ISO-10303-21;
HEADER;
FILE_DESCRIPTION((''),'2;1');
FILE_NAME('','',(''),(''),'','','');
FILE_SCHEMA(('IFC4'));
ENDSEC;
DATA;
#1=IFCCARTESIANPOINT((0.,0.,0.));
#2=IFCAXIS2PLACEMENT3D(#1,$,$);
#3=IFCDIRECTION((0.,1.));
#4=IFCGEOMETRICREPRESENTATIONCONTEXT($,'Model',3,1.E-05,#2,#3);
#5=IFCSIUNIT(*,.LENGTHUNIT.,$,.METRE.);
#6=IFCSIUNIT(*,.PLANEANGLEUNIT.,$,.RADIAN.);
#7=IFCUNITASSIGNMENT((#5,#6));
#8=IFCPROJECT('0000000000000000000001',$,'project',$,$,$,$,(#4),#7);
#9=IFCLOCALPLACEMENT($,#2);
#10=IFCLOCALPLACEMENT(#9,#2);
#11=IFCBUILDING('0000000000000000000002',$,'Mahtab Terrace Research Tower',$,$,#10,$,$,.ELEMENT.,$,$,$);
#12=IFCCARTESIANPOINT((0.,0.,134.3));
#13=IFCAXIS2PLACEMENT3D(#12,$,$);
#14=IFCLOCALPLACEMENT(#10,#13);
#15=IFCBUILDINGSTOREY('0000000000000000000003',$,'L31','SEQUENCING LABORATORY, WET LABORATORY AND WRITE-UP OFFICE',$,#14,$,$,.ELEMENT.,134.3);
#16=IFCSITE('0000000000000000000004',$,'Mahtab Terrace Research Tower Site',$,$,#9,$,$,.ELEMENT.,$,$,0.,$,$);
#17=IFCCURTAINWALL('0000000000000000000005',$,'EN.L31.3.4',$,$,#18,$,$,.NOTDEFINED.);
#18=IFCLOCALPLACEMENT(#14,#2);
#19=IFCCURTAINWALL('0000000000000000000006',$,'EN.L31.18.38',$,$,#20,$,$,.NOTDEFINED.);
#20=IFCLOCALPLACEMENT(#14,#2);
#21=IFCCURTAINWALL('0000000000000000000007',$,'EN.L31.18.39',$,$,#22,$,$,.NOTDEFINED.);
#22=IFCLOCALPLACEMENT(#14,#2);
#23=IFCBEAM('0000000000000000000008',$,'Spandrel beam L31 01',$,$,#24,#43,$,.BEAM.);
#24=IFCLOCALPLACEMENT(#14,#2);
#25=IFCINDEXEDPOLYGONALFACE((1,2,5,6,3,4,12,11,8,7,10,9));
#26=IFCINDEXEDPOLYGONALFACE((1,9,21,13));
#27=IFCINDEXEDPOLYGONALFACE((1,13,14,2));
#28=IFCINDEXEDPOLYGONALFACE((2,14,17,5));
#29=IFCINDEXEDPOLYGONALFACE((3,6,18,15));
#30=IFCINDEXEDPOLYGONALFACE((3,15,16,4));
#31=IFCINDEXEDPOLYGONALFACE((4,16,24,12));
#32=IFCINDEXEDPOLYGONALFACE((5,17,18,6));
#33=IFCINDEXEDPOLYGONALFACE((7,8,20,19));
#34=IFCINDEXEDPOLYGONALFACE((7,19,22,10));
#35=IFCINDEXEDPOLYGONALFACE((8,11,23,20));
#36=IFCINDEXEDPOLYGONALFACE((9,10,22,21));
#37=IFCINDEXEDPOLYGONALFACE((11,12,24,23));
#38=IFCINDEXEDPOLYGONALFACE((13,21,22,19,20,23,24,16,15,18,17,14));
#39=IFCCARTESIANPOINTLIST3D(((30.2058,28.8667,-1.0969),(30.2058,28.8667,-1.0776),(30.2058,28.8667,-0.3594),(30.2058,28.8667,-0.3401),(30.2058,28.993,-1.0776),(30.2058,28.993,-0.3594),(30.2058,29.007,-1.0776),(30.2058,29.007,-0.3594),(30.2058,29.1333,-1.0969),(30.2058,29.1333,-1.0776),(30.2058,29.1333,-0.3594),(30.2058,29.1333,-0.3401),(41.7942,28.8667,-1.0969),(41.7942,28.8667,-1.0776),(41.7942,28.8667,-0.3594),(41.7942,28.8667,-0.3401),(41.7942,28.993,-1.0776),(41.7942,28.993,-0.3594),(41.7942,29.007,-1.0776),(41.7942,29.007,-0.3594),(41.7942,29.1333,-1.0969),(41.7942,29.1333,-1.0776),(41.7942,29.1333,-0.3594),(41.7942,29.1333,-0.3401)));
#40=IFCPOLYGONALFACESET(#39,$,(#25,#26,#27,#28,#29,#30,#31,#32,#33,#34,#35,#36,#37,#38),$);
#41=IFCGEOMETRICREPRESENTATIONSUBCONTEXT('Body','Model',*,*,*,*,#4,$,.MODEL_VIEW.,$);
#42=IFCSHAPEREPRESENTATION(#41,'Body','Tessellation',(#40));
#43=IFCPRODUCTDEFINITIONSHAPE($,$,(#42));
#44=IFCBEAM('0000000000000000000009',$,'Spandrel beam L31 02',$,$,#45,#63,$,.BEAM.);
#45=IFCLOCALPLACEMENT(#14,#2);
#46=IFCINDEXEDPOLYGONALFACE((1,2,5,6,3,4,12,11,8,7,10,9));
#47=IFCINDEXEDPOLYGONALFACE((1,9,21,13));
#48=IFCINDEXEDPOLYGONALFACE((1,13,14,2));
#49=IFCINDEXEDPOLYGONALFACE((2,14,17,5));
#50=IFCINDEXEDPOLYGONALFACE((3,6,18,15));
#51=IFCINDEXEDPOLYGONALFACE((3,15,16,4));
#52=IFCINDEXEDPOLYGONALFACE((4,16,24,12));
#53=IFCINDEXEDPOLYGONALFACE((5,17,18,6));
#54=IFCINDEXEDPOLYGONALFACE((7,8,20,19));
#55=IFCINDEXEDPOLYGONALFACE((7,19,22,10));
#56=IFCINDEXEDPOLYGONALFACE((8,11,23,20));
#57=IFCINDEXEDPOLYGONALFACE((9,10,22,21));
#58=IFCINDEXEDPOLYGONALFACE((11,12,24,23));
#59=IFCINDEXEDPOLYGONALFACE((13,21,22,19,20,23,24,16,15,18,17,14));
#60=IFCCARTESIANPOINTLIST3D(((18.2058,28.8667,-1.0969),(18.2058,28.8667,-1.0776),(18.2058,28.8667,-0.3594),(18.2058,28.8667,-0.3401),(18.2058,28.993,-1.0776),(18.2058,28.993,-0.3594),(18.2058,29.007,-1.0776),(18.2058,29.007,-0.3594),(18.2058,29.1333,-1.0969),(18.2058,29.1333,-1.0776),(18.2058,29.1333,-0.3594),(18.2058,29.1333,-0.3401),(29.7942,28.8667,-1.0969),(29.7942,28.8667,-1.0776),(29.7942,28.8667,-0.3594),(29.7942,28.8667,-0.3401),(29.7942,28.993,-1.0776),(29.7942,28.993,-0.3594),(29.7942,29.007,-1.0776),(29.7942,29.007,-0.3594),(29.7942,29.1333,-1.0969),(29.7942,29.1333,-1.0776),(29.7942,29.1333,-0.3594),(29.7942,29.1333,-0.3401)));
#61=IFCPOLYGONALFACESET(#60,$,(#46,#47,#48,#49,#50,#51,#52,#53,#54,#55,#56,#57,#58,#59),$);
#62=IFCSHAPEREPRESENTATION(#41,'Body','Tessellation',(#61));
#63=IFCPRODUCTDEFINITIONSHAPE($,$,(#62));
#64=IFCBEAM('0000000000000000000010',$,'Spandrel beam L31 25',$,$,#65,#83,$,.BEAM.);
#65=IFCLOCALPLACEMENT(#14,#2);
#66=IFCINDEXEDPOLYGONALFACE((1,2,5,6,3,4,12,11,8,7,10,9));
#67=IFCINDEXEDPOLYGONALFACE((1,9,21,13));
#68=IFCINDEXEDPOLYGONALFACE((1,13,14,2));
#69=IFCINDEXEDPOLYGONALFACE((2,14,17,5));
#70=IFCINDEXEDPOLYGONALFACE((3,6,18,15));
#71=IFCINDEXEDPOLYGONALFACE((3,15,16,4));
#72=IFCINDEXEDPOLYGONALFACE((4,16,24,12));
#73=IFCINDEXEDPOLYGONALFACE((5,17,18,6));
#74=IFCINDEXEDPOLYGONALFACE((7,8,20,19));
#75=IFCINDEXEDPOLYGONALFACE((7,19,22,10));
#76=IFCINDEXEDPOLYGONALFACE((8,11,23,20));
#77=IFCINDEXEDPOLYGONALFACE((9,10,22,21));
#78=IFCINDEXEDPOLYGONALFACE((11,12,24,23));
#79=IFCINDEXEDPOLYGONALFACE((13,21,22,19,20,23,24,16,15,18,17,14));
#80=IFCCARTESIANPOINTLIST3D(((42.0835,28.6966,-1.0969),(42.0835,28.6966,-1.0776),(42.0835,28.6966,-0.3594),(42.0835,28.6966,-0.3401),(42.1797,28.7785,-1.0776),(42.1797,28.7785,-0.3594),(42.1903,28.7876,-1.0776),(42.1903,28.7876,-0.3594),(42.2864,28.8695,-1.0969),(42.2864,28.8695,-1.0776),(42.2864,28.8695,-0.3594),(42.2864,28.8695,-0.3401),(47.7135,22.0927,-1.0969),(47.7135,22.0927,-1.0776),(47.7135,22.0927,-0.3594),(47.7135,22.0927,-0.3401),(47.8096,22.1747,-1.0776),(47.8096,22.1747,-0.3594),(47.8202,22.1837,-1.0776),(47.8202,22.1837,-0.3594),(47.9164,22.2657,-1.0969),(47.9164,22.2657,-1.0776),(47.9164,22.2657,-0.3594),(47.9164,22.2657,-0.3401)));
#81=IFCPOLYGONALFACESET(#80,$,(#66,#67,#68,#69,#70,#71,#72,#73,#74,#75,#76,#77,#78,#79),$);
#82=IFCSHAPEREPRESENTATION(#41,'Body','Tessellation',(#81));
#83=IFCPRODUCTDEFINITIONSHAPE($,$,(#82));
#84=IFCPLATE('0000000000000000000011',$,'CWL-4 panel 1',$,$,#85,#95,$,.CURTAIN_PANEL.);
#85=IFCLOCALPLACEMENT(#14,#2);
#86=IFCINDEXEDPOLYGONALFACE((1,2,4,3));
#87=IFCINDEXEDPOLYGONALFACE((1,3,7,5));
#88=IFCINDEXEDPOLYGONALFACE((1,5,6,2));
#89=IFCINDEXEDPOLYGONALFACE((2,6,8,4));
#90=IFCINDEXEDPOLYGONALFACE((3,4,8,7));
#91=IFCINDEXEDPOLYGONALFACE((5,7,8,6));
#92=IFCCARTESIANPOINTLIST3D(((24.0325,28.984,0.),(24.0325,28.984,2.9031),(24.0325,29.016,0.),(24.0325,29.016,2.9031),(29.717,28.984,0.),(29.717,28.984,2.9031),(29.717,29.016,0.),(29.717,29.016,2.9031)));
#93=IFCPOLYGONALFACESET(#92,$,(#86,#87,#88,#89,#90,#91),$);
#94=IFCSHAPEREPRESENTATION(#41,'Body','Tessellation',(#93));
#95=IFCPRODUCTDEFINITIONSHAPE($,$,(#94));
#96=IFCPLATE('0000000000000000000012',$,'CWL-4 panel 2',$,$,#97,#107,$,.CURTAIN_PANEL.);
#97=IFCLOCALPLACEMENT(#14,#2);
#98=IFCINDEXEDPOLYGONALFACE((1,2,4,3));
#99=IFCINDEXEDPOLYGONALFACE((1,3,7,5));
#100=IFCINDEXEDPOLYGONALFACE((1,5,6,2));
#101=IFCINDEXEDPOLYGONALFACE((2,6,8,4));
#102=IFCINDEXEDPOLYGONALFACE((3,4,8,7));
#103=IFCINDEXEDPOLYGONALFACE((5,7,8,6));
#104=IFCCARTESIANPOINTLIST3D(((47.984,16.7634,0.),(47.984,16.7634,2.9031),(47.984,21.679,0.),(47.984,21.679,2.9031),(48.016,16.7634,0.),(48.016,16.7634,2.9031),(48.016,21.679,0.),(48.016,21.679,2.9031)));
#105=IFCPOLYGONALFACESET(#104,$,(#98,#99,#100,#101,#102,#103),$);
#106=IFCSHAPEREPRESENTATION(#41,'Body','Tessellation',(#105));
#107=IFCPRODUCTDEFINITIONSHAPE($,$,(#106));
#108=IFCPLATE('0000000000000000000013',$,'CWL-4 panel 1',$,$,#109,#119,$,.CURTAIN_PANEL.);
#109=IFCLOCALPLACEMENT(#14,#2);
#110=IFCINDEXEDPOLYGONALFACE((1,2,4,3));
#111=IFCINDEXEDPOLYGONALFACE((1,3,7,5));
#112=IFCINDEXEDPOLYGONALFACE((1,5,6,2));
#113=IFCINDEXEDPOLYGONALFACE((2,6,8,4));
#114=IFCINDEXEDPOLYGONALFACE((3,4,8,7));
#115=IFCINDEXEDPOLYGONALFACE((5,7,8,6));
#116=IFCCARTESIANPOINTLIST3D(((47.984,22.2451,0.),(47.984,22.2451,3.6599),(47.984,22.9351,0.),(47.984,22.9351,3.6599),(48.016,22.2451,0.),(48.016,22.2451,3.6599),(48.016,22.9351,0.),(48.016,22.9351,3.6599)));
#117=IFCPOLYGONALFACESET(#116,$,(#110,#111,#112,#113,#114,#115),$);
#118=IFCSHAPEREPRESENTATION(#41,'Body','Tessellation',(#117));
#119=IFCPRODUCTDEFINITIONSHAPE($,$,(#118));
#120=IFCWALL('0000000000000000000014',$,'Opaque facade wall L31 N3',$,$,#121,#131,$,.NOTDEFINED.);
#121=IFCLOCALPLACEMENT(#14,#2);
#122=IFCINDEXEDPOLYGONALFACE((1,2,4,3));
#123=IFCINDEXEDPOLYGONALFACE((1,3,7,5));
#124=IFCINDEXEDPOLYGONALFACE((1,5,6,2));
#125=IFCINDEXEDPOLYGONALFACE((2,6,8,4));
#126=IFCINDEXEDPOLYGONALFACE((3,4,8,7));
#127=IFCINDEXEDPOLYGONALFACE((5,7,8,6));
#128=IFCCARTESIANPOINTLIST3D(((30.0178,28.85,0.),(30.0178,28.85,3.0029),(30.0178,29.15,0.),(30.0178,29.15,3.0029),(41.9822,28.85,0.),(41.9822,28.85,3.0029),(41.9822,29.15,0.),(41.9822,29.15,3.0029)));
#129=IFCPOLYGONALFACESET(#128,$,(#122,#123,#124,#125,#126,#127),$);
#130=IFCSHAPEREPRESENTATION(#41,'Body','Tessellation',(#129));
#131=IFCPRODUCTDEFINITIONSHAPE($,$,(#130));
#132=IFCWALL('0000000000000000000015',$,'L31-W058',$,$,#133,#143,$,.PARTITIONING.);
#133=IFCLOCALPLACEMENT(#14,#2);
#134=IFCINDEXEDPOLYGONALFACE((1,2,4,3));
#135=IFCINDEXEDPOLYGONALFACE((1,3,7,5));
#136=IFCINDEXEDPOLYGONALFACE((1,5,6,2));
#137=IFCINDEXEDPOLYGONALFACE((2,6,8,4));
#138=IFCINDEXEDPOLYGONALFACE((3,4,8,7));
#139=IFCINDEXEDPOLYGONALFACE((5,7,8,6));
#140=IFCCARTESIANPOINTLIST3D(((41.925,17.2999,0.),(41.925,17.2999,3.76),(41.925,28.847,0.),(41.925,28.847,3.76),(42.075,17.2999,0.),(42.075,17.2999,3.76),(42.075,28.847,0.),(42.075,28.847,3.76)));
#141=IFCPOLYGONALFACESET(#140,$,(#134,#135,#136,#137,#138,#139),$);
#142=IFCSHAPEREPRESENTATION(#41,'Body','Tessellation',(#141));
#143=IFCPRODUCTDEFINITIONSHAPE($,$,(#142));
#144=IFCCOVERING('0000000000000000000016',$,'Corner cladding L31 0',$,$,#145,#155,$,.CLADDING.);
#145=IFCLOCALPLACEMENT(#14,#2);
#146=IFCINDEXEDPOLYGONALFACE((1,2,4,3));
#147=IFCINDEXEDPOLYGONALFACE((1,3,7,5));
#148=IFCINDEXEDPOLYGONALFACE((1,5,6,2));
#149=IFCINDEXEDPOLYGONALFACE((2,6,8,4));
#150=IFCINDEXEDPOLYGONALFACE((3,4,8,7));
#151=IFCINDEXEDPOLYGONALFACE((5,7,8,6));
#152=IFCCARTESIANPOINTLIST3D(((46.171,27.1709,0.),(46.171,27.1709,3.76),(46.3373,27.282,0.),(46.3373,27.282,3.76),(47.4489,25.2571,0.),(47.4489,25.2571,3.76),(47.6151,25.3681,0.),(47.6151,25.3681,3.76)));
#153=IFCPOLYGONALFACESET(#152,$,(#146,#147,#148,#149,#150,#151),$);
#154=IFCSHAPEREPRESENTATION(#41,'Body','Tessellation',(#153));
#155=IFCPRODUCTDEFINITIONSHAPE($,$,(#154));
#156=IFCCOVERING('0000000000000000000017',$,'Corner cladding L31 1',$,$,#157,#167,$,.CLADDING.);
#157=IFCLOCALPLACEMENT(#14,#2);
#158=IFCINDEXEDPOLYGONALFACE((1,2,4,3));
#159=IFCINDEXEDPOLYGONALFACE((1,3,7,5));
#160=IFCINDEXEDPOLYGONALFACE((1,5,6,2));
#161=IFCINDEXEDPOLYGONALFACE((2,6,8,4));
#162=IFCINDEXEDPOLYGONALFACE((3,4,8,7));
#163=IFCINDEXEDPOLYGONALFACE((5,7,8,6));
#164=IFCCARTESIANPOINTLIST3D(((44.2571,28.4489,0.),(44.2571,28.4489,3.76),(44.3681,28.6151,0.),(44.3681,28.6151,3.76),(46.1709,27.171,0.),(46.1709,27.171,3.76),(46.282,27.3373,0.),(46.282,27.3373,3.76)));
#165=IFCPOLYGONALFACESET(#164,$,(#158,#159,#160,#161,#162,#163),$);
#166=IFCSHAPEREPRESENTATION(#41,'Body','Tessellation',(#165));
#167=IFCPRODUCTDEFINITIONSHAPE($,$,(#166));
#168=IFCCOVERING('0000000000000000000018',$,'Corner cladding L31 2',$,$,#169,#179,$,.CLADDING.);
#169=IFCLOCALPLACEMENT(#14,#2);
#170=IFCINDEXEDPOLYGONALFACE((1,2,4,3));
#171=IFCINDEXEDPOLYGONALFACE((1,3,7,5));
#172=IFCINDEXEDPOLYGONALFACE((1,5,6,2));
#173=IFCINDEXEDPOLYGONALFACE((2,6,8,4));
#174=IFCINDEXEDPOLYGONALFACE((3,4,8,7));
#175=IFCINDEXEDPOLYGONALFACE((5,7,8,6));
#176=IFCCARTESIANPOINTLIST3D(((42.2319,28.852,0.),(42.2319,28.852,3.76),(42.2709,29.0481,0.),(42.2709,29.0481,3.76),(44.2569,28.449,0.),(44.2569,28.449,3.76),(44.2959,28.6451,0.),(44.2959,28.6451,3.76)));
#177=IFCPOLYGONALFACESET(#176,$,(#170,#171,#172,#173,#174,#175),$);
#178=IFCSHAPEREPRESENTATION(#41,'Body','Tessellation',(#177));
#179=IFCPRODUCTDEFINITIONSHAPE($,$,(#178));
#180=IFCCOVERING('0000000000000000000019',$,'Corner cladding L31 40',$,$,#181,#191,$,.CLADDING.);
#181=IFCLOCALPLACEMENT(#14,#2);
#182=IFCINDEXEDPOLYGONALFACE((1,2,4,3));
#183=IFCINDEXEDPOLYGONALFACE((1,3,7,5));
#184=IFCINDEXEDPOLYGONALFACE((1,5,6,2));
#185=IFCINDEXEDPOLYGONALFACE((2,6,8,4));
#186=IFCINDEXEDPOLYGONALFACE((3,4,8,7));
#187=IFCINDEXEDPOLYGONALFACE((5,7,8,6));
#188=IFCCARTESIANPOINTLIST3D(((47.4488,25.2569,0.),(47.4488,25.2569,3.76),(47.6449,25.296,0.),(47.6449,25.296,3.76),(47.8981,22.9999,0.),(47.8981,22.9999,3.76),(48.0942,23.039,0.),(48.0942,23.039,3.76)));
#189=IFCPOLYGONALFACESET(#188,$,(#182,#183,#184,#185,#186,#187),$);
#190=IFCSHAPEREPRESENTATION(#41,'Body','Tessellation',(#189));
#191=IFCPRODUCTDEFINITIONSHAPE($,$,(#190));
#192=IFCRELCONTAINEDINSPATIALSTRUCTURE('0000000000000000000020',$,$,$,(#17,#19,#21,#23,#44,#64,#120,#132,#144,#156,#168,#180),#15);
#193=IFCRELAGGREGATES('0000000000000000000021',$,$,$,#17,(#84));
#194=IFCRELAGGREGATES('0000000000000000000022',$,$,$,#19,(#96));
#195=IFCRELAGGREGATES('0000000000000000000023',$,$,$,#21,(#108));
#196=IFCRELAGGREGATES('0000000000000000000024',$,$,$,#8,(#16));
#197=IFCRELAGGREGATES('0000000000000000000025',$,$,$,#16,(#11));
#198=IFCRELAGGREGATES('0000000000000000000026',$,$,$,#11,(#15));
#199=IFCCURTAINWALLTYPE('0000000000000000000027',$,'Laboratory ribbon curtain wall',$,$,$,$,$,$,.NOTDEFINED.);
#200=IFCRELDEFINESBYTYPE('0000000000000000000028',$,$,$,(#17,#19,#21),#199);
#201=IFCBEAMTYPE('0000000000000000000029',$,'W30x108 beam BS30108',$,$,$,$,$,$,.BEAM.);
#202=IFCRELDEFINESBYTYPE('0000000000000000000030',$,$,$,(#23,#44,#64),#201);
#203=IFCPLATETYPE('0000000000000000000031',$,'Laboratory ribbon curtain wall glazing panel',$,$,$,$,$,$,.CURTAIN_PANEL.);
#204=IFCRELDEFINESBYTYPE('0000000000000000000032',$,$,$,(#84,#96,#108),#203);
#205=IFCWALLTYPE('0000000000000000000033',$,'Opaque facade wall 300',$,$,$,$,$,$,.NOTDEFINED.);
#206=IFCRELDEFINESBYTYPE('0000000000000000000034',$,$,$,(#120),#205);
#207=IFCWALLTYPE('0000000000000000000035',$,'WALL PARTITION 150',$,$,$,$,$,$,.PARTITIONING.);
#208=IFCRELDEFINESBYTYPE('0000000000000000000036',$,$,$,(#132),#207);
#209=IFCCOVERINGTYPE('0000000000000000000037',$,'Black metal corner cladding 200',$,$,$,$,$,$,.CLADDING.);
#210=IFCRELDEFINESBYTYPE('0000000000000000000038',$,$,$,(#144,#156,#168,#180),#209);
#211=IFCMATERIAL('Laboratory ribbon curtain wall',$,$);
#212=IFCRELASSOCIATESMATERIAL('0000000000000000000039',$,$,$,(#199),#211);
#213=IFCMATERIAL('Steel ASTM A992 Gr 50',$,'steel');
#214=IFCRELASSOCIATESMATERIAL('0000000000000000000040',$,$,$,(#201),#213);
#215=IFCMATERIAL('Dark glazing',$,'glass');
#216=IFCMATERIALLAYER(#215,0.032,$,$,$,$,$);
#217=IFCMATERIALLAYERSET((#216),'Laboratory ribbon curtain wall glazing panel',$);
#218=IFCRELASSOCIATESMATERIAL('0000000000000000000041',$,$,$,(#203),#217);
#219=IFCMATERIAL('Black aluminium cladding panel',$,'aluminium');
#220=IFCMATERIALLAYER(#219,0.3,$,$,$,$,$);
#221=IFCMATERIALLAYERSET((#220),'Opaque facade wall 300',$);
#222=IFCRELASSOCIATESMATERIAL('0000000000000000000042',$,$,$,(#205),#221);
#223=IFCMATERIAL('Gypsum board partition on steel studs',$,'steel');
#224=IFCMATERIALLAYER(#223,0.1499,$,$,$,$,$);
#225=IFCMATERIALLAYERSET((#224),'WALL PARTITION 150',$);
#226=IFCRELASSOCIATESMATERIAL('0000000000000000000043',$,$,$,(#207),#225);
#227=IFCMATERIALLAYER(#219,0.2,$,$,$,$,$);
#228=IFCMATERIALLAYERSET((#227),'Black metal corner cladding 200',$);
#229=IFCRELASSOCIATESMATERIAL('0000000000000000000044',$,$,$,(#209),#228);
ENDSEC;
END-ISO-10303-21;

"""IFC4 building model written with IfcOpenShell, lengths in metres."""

from ifc_helpers import new_model, si_unit, direction, frame, frame_2d, origin, origin_2d, place, context, subcontext, project, spatial, rectangle, i_section, extrude, material, layer, layer_set, material_profile, profile_set, type_object, element, aggregate, save


model = new_model("IFC4")

# Units and contexts
model_context = context("Model", 3, precision=1e-05, world=origin(), true_north=direction((0.0, 1.0)))
body_context = subcontext(model_context, "Body", "Model", "MODEL_VIEW")
ifc_project = project(units=[si_unit("LENGTHUNIT", "METRE"), si_unit("PLANEANGLEUNIT", "RADIAN")], contexts=[model_context])

# Site, building, storey
site_placement = place(None, origin())
site = spatial("IfcSite", under=ifc_project, at=site_placement, Name="Mahtab Terrace Research Tower Site", CompositionType="ELEMENT", RefElevation=0.0)
building_placement = place(site_placement, origin())
building = spatial("IfcBuilding", under=site, at=building_placement, Name="Mahtab Terrace Research Tower", CompositionType="ELEMENT")
storey_placement = place(building_placement, frame((0.0, 0.0, 134.3)))
storey = spatial("IfcBuildingStorey", under=building, at=storey_placement, Name="L31", Description="SEQUENCING LABORATORY, WET LABORATORY AND WRITE-UP OFFICE", CompositionType="ELEMENT", Elevation=134.3)

# Shared definitions
ifc_material_1 = material(Name="Steel ASTM A992 Gr 50", Category="steel")

# Curtain walls
ifc_material_2 = material(Name="Laboratory ribbon curtain wall")
curtain_wall_type = type_object("IfcCurtainWallType", Name="Laboratory ribbon curtain wall", PredefinedType="NOTDEFINED", material=ifc_material_2)
curtain_wall_1_placement = place(storey_placement, origin())
curtain_wall_1 = element("IfcCurtainWall", 1, at=curtain_wall_1_placement, inside=storey, type_object=curtain_wall_type, Name="EN.L31.3.4", PredefinedType="NOTDEFINED")
curtain_wall_2_placement = place(storey_placement, origin())
curtain_wall_2 = element("IfcCurtainWall", 2, at=curtain_wall_2_placement, inside=storey, type_object=curtain_wall_type, Name="EN.L31.18.38", PredefinedType="NOTDEFINED")

# Curtain wall
curtain_wall_3_placement = place(storey_placement, origin())
curtain_wall_3 = element("IfcCurtainWall", 3, at=curtain_wall_3_placement, inside=storey, type_object=curtain_wall_type, Name="EN.L31.18.39", PredefinedType="NOTDEFINED")

# Beams
ifc_material_profile_1 = material_profile(ifc_material_1, i_section(OverallWidth=0.2666, OverallDepth=0.7568, WebThickness=0.0139, FlangeThickness=0.0193, at=origin_2d()), Name="W30X108")
ifc_profile_set_1 = profile_set([ifc_material_profile_1], Name="Steel ASTM A992 Gr 50")
beam_type = type_object("IfcBeamType", Name="W30x108 beam BS30108", PredefinedType="BEAM", material=ifc_profile_set_1)
for number, where, z_axis, x_axis, name in (
    (4, (41.7942, 29.0, -0.7185), (-1.0, 0.0, 0.0), (0.0, -1.0, 0.0), "Spandrel beam L31 01"),
    (5, (29.7942, 29.0, -0.7185), (-1.0, 0.0, 0.0), (0.0, -1.0, 0.0), "Spandrel beam L31 02"),
):
    element("IfcBeam", number, at=place(storey_placement, frame(where, z_axis=z_axis, x_axis=x_axis)), inside=storey, type_object=beam_type, Name=name, PredefinedType="BEAM", context=body_context, shape_type="SweptSolid", body=[
        extrude(i_section(OverallWidth=0.2666, OverallDepth=0.7568, WebThickness=0.0139, FlangeThickness=0.0193, at=origin_2d()), origin(), (0.0, 0.0, 1.0), 11.5884),
    ])
beam_placement = place(storey_placement, frame((47.8149, 22.1792, -0.7185), z_axis=(-0.648764, 0.76099, 0.0), x_axis=(-0.76099, -0.648764, 0.0)))
element("IfcBeam", 6, at=beam_placement, inside=storey, type_object=beam_type, Name="Spandrel beam L31 25", PredefinedType="BEAM", context=body_context, shape_type="SweptSolid", body=[
    extrude(i_section(OverallWidth=0.2666, OverallDepth=0.7568, WebThickness=0.0139, FlangeThickness=0.0193, at=origin_2d()), origin(), (0.0, 0.0, 1.0), 8.678),
])

# Plates
ifc_material_3 = material(Name="Dark glazing", Category="glass")
ifc_layer_1 = layer(ifc_material_3, 0.032)
ifc_layer_set_1 = layer_set([ifc_layer_1], Name="Laboratory ribbon curtain wall glazing panel")
plate_type = type_object("IfcPlateType", Name="Laboratory ribbon curtain wall glazing panel", PredefinedType="CURTAIN_PANEL", material=ifc_layer_set_1)
plate_1_placement = place(storey_placement, frame((26.8748, 29.0, 0.0), z_axis=(0.0, 0.0, 1.0), x_axis=(-1.0, 0.0, 0.0)))
plate_1 = element("IfcPlate", 7, at=plate_1_placement, type_object=plate_type, Name="CWL-4 panel 1", PredefinedType="CURTAIN_PANEL", context=body_context, shape_type="SweptSolid", body=[
    extrude(rectangle(XDim=5.6846, YDim=0.032, at=origin_2d()), origin(), (0.0, 0.0, 1.0), 2.9031),
])
aggregate(curtain_wall_1, [plate_1])
plate_2_placement = place(storey_placement, frame((48.0, 19.2212, 0.0), z_axis=(0.0, 0.0, 1.0), x_axis=(0.0, 1.0, 0.0)))
plate_2 = element("IfcPlate", 8, at=plate_2_placement, type_object=plate_type, Name="CWL-4 panel 2", PredefinedType="CURTAIN_PANEL", context=body_context, shape_type="SweptSolid", body=[
    extrude(rectangle(XDim=4.9155, YDim=0.032, at=origin_2d()), origin(), (0.0, 0.0, 1.0), 2.9031),
])
aggregate(curtain_wall_2, [plate_2])
plate_3_placement = place(storey_placement, frame((48.0, 22.5901, 0.0), z_axis=(0.0, 0.0, 1.0), x_axis=(0.0, 1.0, 0.0)))
plate_3 = element("IfcPlate", 9, at=plate_3_placement, type_object=plate_type, Name="CWL-4 panel 1", PredefinedType="CURTAIN_PANEL", context=body_context, shape_type="SweptSolid", body=[
    extrude(rectangle(XDim=0.6899, YDim=0.032, at=origin_2d()), origin(), (0.0, 0.0, 1.0), 3.6599),
])
aggregate(curtain_wall_3, [plate_3])

# Walls
ifc_material_4 = material(Name="Black aluminium cladding panel", Category="aluminium")
ifc_layer_2 = layer(ifc_material_4, 0.3)
ifc_layer_set_2 = layer_set([ifc_layer_2], Name="Opaque facade wall 300")
wall_type_1 = type_object("IfcWallType", Name="Opaque facade wall 300", PredefinedType="NOTDEFINED", material=ifc_layer_set_2)
wall_1_placement = place(storey_placement, frame((41.9822, 29.0, 0.0), z_axis=(0.0, 0.0, 1.0), x_axis=(-1.0, 0.0, 0.0)))
element("IfcWall", 10, at=wall_1_placement, inside=storey, type_object=wall_type_1, Name="Opaque facade wall L31 N3", PredefinedType="NOTDEFINED", context=body_context, shape_type="SweptSolid", body=[
    extrude(rectangle(XDim=11.9644, YDim=0.3, at=frame_2d((5.9822, 0.0))), origin(), (0.0, 0.0, 1.0), 3.0029),
])
ifc_material_5 = material(Name="Gypsum board partition on steel studs", Category="steel")
ifc_layer_3 = layer(ifc_material_5, 0.1499)
ifc_layer_set_3 = layer_set([ifc_layer_3], Name="WALL PARTITION 150")
wall_type_2 = type_object("IfcWallType", Name="WALL PARTITION 150", PredefinedType="PARTITIONING", material=ifc_layer_set_3)
wall_2_placement = place(storey_placement, frame((42.0, 17.3, 0.0), z_axis=(0.0, 0.0, 1.0), x_axis=(0.0, 1.0, 0.0)))
element("IfcWall", 11, at=wall_2_placement, inside=storey, type_object=wall_type_2, Name="L31-W058", PredefinedType="PARTITIONING", context=body_context, shape_type="SweptSolid", body=[
    extrude(rectangle(XDim=11.5471, YDim=0.1499, at=frame_2d((5.7734, 0.0))), origin(), (0.0, 0.0, 1.0), 3.76),
])

# Coverings
ifc_layer_4 = layer(ifc_material_4, 0.2)
ifc_layer_set_4 = layer_set([ifc_layer_4], Name="Black metal corner cladding 200")
covering_type = type_object("IfcCoveringType", Name="Black metal corner cladding 200", PredefinedType="CLADDING", material=ifc_layer_set_4)
for number, where, z_axis, x_axis, name in (
    (12, (46.8931, 26.2695, 0.0), (0.0, 0.0, 1.0), (-0.555291, 0.831656, 0.0), "Corner cladding L31 0"),
    (13, (45.2695, 27.8931, 0.0), (0.0, 0.0, 1.0), (-0.831656, 0.555291, 0.0), "Corner cladding L31 1"),
):
    element("IfcCovering", number, at=place(storey_placement, frame(where, z_axis=z_axis, x_axis=x_axis)), inside=storey, type_object=covering_type, Name=name, PredefinedType="CLADDING", context=body_context, shape_type="SweptSolid", body=[
        extrude(rectangle(XDim=2.3013, YDim=0.2, at=origin_2d()), origin(), (0.0, 0.0, 1.0), 3.76),
    ])
covering_1_placement = place(storey_placement, frame((43.2639, 28.7485, 0.0), z_axis=(0.0, 0.0, 1.0), x_axis=(-0.980761, 0.195212, 0.0)))
element("IfcCovering", 14, at=covering_1_placement, inside=storey, type_object=covering_type, Name="Corner cladding L31 2", PredefinedType="CLADDING", context=body_context, shape_type="SweptSolid", body=[
    extrude(rectangle(XDim=2.0647, YDim=0.2, at=origin_2d()), origin(), (0.0, 0.0, 1.0), 3.76),
])
covering_2_placement = place(storey_placement, frame((47.7715, 24.1479, 0.0), z_axis=(0.0, 0.0, 1.0), x_axis=(-0.195212, 0.980761, 0.0)))
element("IfcCovering", 15, at=covering_2_placement, inside=storey, type_object=covering_type, Name="Corner cladding L31 40", PredefinedType="CLADDING", context=body_context, shape_type="SweptSolid", body=[
    extrude(rectangle(XDim=2.3013, YDim=0.2, at=origin_2d()), origin(), (0.0, 0.0, 1.0), 3.76),
])

save(model, "model.ifc")
